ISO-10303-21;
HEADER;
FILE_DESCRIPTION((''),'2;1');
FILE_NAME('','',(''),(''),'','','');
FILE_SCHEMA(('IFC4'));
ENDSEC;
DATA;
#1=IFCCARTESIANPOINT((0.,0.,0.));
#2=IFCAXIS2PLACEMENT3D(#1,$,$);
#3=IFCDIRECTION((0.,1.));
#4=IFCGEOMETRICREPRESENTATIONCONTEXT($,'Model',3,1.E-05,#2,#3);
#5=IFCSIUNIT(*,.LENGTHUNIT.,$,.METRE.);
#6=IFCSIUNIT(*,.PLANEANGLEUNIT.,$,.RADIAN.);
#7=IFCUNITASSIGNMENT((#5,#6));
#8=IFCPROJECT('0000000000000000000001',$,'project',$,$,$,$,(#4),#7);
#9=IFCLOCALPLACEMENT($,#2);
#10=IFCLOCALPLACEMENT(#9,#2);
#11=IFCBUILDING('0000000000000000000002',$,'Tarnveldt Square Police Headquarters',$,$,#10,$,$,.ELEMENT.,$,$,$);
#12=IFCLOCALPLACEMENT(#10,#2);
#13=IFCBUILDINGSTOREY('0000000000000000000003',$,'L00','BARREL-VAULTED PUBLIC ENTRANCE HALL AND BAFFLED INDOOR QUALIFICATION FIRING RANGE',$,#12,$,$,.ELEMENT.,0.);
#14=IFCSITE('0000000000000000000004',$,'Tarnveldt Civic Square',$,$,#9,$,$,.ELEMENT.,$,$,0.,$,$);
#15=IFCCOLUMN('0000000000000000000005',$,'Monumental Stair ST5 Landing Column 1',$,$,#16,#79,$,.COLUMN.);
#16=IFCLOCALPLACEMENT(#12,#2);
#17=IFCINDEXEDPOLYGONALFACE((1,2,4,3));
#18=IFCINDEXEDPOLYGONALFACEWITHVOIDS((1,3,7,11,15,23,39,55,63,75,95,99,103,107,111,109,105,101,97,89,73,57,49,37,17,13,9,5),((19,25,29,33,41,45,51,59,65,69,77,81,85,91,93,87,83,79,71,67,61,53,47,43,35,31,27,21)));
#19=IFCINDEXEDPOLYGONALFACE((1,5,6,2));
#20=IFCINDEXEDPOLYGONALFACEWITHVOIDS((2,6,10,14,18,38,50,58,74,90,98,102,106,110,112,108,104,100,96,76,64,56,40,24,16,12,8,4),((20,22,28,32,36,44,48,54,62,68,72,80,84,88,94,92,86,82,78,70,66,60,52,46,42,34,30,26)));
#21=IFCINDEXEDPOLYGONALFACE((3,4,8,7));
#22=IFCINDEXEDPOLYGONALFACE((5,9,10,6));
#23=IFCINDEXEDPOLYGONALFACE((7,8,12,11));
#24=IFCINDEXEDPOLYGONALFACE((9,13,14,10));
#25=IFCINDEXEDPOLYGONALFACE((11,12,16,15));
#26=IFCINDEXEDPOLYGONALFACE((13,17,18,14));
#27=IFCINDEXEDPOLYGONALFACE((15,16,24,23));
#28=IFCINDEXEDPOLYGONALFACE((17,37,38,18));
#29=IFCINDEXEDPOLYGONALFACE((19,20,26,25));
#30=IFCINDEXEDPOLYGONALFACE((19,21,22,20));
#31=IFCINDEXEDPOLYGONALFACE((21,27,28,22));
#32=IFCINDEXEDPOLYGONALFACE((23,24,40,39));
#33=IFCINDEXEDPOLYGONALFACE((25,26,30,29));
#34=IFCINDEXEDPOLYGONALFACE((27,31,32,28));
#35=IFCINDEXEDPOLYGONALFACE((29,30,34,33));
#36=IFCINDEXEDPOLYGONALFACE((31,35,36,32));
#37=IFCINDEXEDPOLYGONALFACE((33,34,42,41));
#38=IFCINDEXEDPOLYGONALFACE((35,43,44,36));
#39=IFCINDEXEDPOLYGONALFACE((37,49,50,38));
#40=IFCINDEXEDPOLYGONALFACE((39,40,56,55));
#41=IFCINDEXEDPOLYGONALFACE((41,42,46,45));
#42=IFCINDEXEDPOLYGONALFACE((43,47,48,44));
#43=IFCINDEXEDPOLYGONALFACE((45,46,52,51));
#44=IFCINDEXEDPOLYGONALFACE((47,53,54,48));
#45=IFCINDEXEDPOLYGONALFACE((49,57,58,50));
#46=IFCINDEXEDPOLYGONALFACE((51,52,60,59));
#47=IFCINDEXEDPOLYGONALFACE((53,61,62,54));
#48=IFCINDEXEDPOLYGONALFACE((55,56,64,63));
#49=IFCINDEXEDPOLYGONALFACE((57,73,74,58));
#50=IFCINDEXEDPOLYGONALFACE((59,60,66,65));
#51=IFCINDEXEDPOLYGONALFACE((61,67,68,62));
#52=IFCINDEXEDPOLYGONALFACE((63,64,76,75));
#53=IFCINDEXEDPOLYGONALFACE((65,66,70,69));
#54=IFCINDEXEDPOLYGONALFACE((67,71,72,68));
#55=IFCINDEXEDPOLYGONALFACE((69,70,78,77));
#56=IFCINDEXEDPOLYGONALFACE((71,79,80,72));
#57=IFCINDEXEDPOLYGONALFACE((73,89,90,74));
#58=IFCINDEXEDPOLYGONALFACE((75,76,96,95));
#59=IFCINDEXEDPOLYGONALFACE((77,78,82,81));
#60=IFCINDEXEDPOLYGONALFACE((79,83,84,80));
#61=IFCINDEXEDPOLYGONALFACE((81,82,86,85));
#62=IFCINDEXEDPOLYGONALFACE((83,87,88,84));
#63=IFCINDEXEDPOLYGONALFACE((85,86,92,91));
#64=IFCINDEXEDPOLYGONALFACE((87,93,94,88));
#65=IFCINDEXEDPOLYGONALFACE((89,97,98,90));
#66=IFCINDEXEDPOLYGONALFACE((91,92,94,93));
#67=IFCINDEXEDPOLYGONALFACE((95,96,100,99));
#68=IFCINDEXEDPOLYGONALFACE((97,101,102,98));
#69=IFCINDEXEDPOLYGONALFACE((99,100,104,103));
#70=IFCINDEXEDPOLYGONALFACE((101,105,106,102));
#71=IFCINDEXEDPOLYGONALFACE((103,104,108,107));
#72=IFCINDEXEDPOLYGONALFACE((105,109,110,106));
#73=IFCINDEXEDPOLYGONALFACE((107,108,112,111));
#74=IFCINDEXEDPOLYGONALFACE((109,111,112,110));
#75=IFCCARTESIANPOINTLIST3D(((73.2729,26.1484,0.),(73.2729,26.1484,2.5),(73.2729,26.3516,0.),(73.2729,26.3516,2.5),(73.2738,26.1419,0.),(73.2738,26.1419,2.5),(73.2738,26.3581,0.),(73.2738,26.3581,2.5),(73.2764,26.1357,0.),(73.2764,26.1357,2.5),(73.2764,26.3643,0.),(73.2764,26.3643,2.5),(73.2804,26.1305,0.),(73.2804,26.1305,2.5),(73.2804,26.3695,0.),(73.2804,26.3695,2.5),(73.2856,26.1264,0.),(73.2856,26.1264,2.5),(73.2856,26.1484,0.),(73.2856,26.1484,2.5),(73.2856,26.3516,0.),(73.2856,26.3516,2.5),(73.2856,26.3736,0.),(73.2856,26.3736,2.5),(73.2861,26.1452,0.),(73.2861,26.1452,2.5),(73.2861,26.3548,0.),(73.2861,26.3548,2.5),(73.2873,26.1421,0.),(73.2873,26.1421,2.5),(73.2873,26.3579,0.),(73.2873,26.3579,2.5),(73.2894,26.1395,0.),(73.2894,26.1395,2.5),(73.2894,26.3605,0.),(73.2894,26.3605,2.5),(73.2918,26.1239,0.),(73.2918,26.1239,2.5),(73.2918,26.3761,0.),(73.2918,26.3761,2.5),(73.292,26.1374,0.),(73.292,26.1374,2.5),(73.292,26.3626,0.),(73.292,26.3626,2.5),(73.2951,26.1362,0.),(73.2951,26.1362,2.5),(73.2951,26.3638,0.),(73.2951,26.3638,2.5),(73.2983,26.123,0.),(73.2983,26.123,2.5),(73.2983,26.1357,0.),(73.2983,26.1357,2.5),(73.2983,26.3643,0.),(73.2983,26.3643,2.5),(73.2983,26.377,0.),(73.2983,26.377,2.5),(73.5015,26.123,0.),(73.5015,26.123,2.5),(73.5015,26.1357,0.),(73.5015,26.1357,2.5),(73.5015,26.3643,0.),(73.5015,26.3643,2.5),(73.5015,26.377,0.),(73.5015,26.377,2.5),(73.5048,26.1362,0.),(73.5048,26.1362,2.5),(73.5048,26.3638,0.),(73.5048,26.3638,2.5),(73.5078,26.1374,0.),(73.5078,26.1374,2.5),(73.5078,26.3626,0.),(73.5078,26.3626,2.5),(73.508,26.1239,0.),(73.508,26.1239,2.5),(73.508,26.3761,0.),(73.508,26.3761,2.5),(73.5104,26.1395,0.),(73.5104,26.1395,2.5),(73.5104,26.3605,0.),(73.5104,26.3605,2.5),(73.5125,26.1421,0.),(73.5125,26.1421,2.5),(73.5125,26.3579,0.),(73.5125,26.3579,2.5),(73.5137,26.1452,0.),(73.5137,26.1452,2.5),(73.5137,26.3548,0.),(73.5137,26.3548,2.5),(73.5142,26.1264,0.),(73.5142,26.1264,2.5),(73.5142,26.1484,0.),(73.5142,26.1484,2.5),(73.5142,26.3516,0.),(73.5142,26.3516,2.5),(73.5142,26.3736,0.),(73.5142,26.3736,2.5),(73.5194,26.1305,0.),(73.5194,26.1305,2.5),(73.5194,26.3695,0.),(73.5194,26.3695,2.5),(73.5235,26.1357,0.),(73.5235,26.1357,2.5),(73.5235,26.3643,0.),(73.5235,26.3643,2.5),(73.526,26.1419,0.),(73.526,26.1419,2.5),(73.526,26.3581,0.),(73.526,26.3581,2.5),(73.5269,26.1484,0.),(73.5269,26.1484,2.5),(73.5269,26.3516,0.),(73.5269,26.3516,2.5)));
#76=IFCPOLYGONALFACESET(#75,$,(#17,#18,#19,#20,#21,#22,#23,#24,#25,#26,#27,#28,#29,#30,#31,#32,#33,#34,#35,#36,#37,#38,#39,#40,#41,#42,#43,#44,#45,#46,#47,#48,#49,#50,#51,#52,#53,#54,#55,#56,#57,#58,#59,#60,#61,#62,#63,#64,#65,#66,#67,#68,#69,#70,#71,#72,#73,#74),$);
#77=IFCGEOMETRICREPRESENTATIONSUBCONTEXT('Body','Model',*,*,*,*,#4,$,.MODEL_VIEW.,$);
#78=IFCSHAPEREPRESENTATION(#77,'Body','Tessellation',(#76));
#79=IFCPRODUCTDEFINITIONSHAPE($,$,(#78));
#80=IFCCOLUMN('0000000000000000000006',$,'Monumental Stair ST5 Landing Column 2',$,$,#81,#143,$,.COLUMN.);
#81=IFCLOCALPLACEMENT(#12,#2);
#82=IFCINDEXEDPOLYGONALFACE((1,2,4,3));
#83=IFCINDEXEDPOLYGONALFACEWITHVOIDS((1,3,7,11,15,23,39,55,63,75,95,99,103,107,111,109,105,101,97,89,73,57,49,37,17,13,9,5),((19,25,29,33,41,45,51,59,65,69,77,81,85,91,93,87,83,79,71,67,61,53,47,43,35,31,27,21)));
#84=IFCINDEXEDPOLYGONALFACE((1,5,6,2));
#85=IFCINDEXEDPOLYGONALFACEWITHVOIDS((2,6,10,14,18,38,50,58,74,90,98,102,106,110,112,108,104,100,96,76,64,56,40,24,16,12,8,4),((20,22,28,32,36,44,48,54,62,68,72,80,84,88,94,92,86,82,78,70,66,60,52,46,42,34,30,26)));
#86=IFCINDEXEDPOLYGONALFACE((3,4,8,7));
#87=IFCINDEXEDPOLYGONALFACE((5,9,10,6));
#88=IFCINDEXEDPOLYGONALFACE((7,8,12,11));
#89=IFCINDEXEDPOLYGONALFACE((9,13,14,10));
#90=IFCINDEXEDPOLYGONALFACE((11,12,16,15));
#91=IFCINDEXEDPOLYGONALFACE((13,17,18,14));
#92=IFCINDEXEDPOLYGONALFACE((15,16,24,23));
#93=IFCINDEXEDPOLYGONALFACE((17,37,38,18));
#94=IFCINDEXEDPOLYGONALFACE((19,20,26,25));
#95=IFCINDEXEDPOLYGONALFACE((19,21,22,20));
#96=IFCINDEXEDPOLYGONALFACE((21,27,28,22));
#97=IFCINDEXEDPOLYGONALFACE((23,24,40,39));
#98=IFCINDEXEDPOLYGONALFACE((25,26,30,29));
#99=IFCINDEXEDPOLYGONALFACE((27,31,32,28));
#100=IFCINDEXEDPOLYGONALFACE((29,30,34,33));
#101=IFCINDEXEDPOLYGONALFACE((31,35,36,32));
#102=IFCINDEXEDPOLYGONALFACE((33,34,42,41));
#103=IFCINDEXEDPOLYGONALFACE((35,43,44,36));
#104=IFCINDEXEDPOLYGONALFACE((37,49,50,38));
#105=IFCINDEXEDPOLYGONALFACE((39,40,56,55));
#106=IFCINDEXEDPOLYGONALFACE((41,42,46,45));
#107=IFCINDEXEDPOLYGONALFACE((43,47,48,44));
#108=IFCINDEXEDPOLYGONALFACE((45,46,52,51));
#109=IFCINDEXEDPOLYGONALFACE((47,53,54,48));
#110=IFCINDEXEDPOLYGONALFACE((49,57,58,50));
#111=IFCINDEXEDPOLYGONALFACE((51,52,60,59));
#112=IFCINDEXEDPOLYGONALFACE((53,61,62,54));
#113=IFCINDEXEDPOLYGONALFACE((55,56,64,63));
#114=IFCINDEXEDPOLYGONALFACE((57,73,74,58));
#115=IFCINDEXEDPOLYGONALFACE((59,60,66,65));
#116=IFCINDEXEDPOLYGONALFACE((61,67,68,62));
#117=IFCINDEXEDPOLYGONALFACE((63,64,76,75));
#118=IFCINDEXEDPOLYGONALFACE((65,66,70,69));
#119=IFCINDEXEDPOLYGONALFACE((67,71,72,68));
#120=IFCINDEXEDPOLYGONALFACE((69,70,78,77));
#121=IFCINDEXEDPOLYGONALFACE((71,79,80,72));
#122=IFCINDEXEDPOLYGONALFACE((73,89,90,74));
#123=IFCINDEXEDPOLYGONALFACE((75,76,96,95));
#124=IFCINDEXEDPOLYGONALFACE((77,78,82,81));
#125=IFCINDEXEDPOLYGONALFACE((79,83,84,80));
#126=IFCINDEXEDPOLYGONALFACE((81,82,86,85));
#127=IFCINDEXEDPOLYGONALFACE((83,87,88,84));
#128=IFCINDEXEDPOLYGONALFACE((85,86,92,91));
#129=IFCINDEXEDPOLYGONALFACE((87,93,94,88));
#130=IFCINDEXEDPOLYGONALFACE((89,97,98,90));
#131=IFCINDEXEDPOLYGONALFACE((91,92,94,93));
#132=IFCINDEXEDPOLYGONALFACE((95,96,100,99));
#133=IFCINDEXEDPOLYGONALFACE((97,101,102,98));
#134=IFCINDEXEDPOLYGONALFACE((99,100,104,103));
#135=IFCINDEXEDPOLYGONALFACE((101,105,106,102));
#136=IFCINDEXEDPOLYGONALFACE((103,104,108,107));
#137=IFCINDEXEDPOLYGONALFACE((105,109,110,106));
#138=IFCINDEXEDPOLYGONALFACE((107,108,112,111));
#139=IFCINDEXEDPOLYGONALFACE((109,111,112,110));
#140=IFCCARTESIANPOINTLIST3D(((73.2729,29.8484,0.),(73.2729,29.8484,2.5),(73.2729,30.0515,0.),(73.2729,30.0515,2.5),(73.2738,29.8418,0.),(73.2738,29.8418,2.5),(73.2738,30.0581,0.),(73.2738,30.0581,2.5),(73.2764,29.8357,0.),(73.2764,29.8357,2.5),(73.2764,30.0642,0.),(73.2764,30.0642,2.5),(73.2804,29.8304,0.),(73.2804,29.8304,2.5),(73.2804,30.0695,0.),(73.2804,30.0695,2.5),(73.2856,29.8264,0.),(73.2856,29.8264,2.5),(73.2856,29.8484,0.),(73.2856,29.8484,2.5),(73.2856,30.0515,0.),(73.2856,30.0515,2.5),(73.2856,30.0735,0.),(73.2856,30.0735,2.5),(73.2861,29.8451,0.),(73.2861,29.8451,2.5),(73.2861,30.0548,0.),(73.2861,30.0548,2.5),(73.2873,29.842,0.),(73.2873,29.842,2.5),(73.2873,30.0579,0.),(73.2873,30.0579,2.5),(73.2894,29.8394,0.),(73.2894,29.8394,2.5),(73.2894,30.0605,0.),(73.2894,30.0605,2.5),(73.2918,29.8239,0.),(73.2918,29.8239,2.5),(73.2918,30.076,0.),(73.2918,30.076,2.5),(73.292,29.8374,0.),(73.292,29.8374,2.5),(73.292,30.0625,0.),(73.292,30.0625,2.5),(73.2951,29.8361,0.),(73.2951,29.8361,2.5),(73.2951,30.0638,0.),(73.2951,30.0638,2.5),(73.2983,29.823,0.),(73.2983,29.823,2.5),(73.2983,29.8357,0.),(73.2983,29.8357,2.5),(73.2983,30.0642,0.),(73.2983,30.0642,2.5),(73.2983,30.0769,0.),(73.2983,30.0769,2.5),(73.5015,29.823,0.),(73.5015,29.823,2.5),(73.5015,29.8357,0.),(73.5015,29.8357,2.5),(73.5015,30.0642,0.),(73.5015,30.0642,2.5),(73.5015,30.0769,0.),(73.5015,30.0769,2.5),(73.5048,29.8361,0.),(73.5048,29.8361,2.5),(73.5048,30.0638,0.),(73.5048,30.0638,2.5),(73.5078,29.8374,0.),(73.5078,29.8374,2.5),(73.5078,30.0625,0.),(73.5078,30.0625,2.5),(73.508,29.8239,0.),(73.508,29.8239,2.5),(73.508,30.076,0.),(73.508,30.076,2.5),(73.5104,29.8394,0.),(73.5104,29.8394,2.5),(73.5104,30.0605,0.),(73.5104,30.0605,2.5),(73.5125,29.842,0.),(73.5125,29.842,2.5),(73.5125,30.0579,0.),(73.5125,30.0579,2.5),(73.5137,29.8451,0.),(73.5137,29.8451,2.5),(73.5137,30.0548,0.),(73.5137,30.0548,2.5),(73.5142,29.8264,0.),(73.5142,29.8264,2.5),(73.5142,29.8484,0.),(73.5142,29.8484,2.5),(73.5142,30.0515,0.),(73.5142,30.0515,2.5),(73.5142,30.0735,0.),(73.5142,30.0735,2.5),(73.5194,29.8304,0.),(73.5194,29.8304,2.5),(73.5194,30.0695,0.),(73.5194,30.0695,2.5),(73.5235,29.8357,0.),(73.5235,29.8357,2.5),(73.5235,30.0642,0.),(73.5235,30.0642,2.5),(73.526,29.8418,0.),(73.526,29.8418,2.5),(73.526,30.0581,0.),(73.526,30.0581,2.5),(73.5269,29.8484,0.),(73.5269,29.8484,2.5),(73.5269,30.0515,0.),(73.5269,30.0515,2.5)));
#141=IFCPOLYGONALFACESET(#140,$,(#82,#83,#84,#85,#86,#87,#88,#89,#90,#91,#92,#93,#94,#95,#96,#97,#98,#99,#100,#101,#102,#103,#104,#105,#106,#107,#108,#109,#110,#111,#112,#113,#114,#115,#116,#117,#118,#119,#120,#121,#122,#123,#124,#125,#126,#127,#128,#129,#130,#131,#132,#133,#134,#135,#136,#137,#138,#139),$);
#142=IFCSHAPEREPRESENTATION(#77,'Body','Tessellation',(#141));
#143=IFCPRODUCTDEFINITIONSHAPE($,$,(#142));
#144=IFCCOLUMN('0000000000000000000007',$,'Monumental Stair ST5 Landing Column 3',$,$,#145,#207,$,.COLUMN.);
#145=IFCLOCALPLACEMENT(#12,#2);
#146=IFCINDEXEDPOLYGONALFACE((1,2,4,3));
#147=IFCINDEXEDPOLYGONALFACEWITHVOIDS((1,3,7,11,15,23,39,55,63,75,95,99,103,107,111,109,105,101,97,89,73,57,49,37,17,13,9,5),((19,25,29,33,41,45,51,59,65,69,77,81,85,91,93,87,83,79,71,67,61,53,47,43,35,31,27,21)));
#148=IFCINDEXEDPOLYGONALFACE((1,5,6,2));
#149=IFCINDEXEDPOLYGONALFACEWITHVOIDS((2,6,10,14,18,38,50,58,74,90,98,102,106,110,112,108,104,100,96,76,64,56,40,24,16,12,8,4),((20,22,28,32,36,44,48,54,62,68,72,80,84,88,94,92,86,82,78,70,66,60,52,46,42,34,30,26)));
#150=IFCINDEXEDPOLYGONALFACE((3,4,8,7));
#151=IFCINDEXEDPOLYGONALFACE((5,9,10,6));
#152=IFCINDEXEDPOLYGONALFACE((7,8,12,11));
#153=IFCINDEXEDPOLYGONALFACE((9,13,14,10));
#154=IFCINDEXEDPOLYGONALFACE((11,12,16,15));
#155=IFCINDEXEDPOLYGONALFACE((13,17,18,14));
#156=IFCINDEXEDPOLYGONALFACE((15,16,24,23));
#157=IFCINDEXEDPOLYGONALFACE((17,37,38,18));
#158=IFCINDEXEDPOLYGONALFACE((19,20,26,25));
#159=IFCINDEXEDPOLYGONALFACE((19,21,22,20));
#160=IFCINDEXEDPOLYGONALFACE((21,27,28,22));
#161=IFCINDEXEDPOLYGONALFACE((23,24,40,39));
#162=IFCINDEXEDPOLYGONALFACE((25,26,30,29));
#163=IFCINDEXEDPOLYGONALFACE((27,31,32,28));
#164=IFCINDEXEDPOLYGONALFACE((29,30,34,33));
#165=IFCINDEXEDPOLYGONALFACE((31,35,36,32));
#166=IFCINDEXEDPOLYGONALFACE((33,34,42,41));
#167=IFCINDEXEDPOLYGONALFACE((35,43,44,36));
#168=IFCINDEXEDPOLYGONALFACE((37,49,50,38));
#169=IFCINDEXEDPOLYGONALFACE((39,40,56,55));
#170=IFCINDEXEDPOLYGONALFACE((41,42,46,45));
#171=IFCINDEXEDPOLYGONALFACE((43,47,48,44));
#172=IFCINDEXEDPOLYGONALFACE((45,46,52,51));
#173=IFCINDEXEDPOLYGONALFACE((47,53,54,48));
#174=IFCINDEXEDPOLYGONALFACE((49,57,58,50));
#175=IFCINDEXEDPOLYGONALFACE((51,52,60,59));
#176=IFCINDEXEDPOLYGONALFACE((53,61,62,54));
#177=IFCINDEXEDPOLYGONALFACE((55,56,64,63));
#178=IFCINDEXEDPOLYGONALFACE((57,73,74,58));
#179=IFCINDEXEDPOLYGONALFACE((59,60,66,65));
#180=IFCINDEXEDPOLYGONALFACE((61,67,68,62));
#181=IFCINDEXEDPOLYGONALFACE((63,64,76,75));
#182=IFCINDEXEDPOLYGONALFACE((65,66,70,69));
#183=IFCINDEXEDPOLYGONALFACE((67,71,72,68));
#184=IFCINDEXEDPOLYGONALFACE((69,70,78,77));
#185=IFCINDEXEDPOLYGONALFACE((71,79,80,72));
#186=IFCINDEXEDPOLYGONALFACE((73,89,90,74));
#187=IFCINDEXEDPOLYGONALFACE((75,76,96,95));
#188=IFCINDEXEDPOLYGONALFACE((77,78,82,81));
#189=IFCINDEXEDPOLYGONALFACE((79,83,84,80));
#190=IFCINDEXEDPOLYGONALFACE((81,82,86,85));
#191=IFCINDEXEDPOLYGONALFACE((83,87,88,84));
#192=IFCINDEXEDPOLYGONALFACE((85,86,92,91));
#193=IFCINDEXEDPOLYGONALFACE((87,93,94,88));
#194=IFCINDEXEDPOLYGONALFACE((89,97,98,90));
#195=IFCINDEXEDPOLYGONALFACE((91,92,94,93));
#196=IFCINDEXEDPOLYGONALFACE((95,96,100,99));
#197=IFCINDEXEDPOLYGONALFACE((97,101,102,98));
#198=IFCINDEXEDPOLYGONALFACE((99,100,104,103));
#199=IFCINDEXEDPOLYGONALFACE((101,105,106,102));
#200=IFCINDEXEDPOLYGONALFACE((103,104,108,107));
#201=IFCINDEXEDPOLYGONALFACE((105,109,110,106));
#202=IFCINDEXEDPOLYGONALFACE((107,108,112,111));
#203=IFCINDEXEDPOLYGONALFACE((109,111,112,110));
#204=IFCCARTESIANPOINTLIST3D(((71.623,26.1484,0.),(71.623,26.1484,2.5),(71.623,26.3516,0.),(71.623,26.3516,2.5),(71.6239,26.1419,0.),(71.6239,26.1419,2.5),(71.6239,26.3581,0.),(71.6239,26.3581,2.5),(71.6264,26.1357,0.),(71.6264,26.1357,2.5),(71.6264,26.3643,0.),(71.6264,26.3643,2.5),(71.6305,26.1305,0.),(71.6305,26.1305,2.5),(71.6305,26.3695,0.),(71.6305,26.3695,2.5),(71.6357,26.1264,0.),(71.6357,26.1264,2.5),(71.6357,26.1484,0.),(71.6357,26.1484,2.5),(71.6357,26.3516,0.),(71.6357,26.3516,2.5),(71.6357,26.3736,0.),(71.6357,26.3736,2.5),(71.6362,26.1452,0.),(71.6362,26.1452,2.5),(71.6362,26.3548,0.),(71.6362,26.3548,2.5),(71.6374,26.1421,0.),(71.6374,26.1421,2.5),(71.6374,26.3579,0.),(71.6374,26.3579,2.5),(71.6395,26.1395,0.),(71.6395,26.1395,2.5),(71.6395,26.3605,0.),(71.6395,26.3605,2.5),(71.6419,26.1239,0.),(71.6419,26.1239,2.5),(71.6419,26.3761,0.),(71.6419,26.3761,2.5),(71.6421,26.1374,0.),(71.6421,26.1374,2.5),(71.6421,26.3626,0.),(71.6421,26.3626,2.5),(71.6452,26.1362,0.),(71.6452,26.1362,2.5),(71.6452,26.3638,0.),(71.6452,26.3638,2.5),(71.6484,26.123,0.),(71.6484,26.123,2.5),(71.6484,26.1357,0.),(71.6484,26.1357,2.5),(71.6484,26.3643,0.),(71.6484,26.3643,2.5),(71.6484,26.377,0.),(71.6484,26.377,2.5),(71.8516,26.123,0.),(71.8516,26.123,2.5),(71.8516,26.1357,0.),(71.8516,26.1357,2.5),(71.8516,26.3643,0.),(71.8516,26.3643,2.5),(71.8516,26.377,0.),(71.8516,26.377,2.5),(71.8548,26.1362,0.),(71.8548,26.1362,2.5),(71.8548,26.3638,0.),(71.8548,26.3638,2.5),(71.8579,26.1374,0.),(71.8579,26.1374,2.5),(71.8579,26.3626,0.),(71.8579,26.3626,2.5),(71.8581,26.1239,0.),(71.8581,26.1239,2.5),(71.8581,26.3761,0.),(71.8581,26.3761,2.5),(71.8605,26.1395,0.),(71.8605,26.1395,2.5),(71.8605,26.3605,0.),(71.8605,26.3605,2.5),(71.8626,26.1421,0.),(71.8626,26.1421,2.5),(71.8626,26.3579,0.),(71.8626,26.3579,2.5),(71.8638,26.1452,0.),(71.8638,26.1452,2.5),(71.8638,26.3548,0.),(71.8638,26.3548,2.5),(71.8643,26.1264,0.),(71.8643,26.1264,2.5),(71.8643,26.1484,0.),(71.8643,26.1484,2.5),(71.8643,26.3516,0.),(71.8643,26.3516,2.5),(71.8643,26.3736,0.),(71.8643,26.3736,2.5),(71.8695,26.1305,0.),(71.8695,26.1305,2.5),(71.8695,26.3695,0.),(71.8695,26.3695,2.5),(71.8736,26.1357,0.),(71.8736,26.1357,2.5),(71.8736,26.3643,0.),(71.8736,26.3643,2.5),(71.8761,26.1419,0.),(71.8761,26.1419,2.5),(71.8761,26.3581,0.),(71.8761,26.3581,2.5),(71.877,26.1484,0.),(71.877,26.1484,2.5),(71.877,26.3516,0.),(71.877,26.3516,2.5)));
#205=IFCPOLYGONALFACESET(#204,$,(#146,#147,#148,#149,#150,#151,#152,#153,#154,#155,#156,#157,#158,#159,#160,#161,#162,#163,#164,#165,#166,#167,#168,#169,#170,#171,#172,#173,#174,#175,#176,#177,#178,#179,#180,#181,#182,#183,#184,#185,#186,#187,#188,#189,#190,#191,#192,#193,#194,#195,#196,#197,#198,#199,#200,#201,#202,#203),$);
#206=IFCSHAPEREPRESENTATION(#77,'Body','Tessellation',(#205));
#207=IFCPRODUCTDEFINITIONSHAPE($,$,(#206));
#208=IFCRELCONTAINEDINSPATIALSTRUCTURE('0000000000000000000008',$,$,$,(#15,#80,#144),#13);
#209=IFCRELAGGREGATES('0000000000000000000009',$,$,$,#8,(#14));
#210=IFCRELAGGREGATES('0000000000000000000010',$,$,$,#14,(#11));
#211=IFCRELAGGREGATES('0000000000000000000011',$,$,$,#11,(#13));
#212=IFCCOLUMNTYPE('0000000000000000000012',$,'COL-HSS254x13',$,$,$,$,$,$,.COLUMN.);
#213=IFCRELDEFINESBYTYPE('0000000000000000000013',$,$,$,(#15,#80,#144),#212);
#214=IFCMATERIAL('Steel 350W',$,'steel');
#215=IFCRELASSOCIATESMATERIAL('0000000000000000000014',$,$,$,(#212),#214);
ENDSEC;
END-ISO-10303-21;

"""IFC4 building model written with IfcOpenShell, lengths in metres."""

from ifc_helpers import new_model, si_unit, direction, frame, origin, origin_2d, place, context, subcontext, project, spatial, hollow_rectangle, extrude, material, material_profile, profile_set, type_object, element, save


model = new_model("IFC4")

# Units and contexts
model_context = context("Model", 3, precision=1e-05, world=origin(), true_north=direction((0.0, 1.0)))
body_context = subcontext(model_context, "Body", "Model", "MODEL_VIEW")
ifc_project = project(units=[si_unit("LENGTHUNIT", "METRE"), si_unit("PLANEANGLEUNIT", "RADIAN")], contexts=[model_context])

# Site, building, storey
site_placement = place(None, origin())
site = spatial("IfcSite", under=ifc_project, at=site_placement, Name="Tarnveldt Civic Square", CompositionType="ELEMENT", RefElevation=0.0)
building_placement = place(site_placement, origin())
building = spatial("IfcBuilding", under=site, at=building_placement, Name="Tarnveldt Square Police Headquarters", CompositionType="ELEMENT")
storey_placement = place(building_placement, origin())
storey = spatial("IfcBuildingStorey", under=building, at=storey_placement, Name="L00", Description="BARREL-VAULTED PUBLIC ENTRANCE HALL AND BAFFLED INDOOR QUALIFICATION FIRING RANGE", CompositionType="ELEMENT", Elevation=0.0)

# Columns
ifc_material_1 = material(Name="Steel 350W", Category="steel")
ifc_material_profile_1 = material_profile(ifc_material_1, hollow_rectangle(XDim=0.2539, YDim=0.2539, WallThickness=0.0127, InnerFilletRadius=0.0127, OuterFilletRadius=0.0254, at=origin_2d()), Name="HSS254x254x13")
ifc_profile_set_1 = profile_set([ifc_material_profile_1], Name="Steel 350W")
column_type = type_object("IfcColumnType", Name="COL-HSS254x13", PredefinedType="COLUMN", material=ifc_profile_set_1)
for number, where, z_axis, x_axis, name in (
    (1, (73.3999, 26.25, 0.0), (0.0, 0.0, 1.0), (1.0, 0.0, 0.0), "Monumental Stair ST5 Landing Column 1"),
    (2, (73.3999, 29.95, 0.0), (0.0, 0.0, 1.0), (1.0, 0.0, 0.0), "Monumental Stair ST5 Landing Column 2"),
    (3, (71.75, 26.25, 0.0), (0.0, 0.0, 1.0), (1.0, 0.0, 0.0), "Monumental Stair ST5 Landing Column 3"),
):
    element("IfcColumn", number, at=place(storey_placement, frame(where, z_axis=z_axis, x_axis=x_axis)), inside=storey, type_object=column_type, Name=name, PredefinedType="COLUMN", context=body_context, shape_type="SweptSolid", body=[
        extrude(hollow_rectangle(XDim=0.2539, YDim=0.2539, WallThickness=0.0127, InnerFilletRadius=0.0127, OuterFilletRadius=0.0254, at=origin_2d()), origin(), (0.0, 0.0, 1.0), 2.5),
    ])

save(model, "model.ifc")
